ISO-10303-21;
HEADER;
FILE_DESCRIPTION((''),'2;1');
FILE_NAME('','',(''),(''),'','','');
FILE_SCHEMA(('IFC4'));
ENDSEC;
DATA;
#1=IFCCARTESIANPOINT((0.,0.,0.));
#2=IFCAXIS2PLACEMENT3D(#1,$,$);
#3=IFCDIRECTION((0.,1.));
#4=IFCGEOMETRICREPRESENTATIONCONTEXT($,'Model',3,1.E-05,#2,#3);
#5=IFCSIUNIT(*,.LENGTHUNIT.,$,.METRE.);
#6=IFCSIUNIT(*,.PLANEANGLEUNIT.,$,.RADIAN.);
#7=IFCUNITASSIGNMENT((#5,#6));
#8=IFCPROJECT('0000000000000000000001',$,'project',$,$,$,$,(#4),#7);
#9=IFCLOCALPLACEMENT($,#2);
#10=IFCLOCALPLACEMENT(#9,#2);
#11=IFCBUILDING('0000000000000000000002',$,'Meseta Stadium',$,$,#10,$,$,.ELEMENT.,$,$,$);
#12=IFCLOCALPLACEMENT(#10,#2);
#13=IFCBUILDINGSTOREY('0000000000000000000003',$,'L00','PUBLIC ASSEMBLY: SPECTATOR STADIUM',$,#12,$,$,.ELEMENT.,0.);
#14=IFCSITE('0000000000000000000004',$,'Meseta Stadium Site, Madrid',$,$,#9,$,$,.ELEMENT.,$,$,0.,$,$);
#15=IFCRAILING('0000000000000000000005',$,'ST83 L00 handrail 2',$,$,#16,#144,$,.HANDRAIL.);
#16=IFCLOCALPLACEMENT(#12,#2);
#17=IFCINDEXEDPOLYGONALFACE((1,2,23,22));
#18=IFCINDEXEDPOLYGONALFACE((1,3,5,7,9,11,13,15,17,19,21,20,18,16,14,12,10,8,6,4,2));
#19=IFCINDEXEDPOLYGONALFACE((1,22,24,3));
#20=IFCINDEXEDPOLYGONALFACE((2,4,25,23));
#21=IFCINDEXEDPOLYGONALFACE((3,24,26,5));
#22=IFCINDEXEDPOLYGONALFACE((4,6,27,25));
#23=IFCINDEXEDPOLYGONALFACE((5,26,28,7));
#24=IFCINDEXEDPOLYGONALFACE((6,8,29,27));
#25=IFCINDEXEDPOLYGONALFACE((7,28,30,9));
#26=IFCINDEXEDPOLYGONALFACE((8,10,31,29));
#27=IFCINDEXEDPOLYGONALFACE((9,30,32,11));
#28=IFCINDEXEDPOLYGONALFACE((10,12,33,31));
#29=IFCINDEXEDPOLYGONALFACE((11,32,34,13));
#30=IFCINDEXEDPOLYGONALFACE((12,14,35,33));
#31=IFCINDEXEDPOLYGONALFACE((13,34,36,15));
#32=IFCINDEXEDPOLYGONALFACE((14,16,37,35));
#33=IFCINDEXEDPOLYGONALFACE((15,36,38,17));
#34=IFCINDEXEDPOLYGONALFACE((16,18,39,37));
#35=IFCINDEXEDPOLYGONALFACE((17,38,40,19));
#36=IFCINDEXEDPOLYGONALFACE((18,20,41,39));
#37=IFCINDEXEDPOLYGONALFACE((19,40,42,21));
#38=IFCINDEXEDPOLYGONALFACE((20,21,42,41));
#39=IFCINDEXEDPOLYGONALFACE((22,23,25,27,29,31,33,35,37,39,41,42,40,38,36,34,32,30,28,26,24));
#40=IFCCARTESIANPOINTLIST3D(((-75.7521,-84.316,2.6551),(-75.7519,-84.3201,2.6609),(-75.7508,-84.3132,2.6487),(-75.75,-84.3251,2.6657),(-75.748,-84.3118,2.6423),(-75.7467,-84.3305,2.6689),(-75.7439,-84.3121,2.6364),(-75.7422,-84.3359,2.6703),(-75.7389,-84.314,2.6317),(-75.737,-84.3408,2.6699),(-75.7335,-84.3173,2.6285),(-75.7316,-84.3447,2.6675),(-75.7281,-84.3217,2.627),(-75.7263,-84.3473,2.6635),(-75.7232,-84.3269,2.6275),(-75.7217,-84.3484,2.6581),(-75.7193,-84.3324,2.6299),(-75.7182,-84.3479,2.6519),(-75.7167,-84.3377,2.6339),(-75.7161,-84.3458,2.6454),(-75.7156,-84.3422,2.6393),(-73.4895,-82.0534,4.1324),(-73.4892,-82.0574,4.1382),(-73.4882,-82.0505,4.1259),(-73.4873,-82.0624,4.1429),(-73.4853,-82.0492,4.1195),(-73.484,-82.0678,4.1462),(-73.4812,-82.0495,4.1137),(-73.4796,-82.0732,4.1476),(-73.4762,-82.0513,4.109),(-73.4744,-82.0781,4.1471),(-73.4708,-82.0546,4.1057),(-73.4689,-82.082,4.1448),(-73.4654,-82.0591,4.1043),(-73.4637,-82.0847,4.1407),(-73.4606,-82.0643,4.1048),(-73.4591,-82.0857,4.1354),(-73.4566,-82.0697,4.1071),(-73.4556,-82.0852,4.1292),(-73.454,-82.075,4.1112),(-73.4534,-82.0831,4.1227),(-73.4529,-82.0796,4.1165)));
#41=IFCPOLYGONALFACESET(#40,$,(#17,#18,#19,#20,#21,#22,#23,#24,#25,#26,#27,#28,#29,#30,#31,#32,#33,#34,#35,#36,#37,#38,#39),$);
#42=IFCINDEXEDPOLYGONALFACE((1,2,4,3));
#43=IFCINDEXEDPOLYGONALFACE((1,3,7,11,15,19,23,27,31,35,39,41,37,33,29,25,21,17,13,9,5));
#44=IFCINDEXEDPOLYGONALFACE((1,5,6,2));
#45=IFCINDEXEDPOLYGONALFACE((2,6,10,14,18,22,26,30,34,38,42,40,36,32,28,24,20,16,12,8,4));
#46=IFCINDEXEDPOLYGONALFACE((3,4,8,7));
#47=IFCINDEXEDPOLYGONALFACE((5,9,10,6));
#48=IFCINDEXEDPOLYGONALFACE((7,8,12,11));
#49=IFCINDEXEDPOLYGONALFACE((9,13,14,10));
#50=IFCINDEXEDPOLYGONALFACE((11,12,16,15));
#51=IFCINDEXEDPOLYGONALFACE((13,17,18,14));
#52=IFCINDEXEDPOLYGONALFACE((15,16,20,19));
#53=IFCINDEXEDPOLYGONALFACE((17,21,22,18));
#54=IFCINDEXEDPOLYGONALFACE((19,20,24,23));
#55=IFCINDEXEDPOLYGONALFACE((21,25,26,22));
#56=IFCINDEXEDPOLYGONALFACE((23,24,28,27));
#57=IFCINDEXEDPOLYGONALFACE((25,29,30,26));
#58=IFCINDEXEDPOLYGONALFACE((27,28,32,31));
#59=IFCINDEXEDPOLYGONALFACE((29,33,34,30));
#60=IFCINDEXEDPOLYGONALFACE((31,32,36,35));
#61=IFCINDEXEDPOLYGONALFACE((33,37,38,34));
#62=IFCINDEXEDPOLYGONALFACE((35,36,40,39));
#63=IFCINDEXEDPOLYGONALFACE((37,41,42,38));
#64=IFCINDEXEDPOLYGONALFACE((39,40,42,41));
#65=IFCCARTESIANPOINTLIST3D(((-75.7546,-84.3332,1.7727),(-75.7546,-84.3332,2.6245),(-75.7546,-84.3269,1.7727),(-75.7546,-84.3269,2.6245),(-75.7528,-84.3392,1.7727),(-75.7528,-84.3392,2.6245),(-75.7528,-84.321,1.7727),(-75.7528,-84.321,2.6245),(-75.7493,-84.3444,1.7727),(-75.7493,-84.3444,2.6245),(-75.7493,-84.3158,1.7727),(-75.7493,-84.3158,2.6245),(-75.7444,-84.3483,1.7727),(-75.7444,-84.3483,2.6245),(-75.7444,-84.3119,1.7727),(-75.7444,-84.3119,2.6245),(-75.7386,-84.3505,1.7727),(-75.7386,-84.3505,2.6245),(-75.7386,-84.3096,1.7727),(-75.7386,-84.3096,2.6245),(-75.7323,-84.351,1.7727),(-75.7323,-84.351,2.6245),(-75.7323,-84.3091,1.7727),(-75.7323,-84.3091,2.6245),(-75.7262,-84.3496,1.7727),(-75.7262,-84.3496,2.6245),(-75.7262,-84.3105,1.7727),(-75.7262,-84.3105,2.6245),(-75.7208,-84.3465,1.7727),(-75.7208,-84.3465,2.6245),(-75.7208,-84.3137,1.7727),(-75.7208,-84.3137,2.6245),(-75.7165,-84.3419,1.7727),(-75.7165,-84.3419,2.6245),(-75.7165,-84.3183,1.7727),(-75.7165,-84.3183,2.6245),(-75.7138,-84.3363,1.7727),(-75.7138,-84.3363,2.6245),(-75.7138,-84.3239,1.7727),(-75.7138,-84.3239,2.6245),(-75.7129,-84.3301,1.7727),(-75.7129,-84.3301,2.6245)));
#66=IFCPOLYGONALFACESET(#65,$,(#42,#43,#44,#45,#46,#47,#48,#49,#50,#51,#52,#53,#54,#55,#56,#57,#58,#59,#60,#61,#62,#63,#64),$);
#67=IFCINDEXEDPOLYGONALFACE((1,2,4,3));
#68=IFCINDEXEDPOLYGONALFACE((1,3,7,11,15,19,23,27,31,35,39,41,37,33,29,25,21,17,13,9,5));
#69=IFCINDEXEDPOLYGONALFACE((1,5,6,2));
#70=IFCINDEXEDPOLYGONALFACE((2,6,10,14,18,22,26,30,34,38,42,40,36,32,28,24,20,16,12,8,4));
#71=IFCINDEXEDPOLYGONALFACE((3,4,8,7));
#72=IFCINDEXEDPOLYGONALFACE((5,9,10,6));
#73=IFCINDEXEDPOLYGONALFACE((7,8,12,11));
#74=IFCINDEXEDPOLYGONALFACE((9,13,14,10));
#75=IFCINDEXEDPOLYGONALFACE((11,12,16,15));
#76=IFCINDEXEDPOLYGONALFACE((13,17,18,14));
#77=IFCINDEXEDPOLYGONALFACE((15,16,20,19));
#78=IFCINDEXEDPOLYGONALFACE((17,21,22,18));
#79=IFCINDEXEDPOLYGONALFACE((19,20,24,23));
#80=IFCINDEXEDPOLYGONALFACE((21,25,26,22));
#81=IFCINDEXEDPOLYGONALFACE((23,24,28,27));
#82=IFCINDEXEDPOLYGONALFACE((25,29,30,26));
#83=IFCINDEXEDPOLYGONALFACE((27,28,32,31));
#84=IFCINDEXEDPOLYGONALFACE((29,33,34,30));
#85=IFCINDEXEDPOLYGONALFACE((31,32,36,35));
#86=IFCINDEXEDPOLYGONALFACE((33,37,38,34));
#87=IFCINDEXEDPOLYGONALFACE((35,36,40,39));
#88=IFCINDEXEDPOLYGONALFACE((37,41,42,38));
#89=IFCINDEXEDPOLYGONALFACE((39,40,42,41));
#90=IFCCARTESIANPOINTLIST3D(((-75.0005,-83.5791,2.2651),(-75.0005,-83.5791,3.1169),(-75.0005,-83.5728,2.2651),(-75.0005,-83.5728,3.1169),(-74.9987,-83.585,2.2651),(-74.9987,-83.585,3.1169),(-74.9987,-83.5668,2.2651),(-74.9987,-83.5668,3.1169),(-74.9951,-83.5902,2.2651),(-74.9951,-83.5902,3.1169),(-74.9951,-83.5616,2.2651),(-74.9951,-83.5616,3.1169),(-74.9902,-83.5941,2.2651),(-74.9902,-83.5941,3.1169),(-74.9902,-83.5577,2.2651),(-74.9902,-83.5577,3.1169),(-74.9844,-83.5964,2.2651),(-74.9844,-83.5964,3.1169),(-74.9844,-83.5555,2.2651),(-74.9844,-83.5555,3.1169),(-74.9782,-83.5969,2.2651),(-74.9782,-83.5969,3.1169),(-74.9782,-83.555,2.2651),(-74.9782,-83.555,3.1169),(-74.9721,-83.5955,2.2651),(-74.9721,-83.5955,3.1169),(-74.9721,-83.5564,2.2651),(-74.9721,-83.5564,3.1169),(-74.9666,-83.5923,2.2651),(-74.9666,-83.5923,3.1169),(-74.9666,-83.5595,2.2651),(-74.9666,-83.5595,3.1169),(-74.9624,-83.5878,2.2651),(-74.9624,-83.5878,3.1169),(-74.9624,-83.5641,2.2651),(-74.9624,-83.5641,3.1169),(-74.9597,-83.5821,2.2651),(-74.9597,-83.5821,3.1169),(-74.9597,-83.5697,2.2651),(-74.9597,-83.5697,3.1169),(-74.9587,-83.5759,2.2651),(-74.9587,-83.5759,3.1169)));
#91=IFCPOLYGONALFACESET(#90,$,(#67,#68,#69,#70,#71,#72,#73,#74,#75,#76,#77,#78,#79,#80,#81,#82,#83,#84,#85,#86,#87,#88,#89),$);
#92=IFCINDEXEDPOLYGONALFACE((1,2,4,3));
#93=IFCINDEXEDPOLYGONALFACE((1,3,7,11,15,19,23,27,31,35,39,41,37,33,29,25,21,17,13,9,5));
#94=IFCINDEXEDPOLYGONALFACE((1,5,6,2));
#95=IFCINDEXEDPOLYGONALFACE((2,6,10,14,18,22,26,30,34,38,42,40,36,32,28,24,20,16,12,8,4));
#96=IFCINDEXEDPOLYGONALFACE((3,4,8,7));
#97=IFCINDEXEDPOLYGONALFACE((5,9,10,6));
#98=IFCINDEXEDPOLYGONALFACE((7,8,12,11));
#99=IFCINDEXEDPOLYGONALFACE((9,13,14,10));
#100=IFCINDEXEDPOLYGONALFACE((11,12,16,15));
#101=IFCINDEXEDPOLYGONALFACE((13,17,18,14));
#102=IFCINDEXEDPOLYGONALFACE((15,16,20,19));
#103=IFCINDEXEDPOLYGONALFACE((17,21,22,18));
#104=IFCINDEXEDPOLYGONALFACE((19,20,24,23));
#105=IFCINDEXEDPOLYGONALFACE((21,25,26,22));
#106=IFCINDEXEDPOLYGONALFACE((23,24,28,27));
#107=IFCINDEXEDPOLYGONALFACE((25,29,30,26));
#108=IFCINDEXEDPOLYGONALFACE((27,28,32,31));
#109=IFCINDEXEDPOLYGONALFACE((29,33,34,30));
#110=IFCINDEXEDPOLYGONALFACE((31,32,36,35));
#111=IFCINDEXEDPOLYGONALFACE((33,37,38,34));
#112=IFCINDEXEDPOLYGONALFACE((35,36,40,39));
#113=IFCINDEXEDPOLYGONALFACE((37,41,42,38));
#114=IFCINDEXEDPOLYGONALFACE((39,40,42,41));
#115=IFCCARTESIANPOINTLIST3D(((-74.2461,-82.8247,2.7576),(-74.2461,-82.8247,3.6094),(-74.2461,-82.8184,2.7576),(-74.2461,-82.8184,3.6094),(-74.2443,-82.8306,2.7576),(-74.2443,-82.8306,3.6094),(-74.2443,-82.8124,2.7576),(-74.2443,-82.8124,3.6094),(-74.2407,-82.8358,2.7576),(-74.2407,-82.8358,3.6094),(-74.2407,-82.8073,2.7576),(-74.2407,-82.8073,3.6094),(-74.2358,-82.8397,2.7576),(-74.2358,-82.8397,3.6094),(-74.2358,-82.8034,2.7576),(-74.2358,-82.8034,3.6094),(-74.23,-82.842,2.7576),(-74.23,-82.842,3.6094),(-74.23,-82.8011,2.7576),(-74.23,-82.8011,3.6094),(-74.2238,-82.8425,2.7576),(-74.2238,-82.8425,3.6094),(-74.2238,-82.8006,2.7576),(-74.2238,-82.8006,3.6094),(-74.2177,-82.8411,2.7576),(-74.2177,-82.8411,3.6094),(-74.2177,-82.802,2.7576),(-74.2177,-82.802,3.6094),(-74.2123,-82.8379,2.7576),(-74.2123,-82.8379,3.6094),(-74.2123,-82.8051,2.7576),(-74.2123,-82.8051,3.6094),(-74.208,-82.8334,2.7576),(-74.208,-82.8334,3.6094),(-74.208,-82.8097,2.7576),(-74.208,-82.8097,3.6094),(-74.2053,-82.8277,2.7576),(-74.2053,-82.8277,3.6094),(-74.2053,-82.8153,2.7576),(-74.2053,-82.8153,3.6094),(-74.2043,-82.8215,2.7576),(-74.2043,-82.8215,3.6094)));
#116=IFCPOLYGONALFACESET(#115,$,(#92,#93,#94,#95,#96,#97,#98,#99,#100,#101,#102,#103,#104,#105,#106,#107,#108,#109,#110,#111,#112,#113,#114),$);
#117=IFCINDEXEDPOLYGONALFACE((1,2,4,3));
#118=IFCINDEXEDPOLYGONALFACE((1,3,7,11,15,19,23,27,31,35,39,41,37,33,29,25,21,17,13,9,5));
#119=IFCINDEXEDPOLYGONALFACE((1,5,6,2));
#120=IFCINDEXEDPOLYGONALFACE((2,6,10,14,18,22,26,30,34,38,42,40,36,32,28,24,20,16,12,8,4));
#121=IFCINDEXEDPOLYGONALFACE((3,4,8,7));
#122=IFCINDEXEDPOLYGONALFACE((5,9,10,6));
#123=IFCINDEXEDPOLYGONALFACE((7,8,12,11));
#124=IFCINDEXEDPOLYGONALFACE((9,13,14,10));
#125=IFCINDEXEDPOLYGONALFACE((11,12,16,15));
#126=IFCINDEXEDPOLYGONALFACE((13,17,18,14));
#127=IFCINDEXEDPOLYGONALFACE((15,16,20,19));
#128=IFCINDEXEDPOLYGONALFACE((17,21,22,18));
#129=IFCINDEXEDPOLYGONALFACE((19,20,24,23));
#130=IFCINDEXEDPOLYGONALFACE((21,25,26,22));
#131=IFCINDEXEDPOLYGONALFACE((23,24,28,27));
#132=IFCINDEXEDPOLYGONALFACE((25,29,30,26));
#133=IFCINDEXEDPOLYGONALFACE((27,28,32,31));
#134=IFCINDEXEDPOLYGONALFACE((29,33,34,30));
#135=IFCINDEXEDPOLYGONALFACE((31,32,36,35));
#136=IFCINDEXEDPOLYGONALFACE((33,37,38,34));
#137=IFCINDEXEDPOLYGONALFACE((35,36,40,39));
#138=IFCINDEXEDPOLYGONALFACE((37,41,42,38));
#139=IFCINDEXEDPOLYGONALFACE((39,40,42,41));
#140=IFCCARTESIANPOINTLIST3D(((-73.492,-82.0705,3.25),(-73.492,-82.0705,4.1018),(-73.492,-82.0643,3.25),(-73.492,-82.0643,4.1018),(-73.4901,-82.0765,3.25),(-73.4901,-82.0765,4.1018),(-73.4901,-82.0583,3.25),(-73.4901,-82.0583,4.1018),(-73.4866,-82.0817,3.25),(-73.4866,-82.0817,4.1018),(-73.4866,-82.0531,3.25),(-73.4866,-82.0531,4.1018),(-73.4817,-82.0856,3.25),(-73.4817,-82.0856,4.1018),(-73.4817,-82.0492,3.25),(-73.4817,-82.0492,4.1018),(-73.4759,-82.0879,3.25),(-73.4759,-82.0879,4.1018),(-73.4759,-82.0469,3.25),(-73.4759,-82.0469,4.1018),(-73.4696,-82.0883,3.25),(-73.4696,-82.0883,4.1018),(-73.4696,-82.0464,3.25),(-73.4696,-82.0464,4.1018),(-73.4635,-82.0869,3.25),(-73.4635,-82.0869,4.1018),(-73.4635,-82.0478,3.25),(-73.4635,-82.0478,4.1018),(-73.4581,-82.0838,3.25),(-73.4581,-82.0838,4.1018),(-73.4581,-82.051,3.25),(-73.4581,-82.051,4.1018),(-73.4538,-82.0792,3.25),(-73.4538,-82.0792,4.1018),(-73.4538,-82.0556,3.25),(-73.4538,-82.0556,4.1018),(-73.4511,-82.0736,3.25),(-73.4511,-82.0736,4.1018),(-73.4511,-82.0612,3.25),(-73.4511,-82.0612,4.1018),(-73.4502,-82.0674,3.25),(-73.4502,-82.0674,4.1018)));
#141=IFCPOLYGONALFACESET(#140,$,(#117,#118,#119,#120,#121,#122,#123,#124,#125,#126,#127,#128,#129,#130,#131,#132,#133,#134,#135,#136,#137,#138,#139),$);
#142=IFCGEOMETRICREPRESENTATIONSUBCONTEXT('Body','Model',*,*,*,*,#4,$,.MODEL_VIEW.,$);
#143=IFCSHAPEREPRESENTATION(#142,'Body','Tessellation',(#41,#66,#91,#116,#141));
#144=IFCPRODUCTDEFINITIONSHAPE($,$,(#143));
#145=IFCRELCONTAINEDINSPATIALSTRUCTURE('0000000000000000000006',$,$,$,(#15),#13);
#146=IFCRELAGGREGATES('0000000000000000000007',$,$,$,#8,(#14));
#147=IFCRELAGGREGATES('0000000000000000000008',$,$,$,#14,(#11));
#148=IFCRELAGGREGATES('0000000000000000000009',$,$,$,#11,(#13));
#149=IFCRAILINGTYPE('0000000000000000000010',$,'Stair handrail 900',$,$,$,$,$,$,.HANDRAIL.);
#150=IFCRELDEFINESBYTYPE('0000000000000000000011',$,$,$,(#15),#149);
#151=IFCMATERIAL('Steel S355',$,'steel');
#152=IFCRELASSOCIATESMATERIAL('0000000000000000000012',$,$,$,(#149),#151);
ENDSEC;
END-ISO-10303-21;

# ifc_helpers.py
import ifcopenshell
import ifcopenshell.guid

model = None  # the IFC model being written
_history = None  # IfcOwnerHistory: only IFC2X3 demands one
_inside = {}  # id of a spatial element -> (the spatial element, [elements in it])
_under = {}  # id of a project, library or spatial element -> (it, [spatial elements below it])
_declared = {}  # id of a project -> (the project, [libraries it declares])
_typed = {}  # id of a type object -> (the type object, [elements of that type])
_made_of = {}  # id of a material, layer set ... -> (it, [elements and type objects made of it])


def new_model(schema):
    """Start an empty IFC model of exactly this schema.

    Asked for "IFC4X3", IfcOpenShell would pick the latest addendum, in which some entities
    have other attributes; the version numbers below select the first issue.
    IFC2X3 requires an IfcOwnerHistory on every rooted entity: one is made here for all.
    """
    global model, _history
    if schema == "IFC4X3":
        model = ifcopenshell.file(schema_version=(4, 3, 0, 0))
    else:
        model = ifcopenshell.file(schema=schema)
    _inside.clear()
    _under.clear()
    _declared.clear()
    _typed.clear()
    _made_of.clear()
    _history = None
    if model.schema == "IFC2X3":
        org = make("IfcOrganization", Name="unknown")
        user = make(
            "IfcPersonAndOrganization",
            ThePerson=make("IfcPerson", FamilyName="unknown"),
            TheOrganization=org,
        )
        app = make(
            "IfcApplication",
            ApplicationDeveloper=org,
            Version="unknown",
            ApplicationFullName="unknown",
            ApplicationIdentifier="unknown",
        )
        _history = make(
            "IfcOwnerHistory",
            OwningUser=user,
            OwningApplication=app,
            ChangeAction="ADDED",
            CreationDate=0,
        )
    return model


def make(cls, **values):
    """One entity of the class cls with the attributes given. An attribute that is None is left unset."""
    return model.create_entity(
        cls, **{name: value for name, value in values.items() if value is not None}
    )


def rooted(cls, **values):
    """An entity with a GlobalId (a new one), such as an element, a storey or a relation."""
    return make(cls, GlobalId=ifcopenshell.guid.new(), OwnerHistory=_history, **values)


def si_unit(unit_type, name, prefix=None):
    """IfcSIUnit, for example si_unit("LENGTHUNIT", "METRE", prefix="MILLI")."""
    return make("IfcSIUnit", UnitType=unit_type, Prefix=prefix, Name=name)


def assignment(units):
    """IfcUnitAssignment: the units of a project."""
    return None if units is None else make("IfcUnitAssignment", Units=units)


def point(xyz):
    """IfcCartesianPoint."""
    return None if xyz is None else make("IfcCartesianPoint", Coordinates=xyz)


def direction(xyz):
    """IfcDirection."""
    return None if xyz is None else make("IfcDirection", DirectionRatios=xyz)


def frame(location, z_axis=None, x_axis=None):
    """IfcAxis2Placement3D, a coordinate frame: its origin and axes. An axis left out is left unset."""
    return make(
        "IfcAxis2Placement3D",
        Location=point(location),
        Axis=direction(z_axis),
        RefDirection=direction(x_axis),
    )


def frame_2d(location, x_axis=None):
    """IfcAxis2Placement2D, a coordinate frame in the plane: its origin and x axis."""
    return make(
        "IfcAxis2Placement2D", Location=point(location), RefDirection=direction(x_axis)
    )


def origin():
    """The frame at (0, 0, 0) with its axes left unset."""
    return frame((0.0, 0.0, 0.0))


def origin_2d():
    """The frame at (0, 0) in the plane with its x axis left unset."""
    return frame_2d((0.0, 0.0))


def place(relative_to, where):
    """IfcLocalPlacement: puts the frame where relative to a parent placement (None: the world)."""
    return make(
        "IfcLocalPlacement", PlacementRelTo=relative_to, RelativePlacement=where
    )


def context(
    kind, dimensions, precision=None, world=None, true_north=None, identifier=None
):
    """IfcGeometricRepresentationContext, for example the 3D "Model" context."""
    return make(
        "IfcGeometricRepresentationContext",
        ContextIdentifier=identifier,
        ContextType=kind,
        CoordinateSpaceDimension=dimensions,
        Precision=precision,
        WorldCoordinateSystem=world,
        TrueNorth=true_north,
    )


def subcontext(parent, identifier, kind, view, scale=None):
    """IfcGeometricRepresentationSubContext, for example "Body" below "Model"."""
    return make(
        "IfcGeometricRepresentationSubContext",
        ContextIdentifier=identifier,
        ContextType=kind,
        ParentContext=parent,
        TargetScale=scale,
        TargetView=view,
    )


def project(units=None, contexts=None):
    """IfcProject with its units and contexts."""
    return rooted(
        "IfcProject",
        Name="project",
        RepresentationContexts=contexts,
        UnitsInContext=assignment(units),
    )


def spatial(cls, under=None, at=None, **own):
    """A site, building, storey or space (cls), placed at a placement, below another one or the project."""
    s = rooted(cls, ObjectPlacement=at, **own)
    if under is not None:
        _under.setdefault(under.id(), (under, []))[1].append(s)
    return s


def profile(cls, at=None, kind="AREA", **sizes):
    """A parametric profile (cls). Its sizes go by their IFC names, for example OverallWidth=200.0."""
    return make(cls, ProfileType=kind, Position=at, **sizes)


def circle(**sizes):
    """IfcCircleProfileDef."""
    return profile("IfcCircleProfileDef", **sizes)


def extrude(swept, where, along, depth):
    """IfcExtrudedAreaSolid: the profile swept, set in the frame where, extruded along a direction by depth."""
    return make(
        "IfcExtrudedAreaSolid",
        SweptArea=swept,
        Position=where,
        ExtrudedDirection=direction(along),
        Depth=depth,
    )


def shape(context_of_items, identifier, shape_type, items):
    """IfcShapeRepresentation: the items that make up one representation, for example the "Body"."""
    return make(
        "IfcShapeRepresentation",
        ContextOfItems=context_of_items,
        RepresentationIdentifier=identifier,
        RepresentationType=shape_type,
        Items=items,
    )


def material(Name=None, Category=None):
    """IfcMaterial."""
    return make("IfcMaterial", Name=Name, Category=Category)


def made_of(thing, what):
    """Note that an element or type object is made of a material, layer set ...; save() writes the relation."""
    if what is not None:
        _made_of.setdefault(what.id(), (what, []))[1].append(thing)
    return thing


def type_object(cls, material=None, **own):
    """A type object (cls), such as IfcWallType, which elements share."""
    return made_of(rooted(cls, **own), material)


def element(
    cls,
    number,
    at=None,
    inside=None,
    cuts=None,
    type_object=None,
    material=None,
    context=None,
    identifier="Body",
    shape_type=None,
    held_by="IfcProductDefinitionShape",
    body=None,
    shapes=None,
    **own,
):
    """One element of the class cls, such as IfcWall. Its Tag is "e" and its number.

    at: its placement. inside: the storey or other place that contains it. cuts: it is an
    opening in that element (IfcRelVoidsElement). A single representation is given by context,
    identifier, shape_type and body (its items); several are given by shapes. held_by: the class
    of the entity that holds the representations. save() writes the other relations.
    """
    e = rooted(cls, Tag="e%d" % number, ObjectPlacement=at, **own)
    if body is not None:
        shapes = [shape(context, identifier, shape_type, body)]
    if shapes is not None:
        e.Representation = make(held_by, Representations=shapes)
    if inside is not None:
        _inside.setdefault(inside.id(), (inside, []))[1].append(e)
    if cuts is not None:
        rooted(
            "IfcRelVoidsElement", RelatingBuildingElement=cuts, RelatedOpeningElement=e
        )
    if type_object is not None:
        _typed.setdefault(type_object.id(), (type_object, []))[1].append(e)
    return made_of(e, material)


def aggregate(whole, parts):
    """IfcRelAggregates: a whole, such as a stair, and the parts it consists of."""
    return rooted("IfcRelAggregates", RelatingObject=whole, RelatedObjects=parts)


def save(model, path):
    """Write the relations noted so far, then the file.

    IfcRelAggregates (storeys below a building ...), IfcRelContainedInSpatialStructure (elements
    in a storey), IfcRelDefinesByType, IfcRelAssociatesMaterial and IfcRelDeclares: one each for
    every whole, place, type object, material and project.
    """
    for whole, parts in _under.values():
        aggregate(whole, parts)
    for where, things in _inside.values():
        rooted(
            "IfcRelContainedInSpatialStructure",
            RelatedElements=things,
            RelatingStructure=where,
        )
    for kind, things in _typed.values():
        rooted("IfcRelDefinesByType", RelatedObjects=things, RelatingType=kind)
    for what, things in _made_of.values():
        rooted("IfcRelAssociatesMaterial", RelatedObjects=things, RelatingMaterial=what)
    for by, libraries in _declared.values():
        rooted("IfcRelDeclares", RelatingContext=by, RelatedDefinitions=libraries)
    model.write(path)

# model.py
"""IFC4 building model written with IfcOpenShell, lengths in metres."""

from ifc_helpers import new_model, si_unit, direction, frame, origin, origin_2d, place, context, subcontext, project, spatial, circle, extrude, material, type_object, element, save


model = new_model("IFC4")

# Units and contexts
model_context = context("Model", 3, precision=1e-05, world=origin(), true_north=direction((0.0, 1.0)))
body_context = subcontext(model_context, "Body", "Model", "MODEL_VIEW")
ifc_project = project(units=[si_unit("LENGTHUNIT", "METRE"), si_unit("PLANEANGLEUNIT", "RADIAN")], contexts=[model_context])

# Site, building, storey
site_placement = place(None, origin())
site = spatial("IfcSite", under=ifc_project, at=site_placement, Name="Meseta Stadium Site, Madrid", CompositionType="ELEMENT", RefElevation=0.0)
building_placement = place(site_placement, origin())
building = spatial("IfcBuilding", under=site, at=building_placement, Name="Meseta Stadium", CompositionType="ELEMENT")
storey_placement = place(building_placement, origin())
storey = spatial("IfcBuildingStorey", under=building, at=storey_placement, Name="L00", Description="PUBLIC ASSEMBLY: SPECTATOR STADIUM", CompositionType="ELEMENT", Elevation=0.0)

# Railing
ifc_material_1 = material(Name="Steel S355", Category="steel")
railing_type_1 = type_object("IfcRailingType", Name="Stair handrail 900", PredefinedType="HANDRAIL", material=ifc_material_1)
for number, where, name in (
    (1, (-75.7339, -84.3301, 1.7727), "ST83 L00 handrail 2"),
):
    element("IfcRailing", number, at=place(storey_placement, frame(where)), inside=storey, type_object=railing_type_1, Name=name, PredefinedType="HANDRAIL", context=body_context, shape_type="SweptSolid", body=[
        extrude(circle(Radius=0.0239, at=origin_2d()), frame((0.0, 0.0, 0.876), z_axis=(0.641994, 0.641994, 0.419152), x_axis=(-0.707107, 0.707107, 0.0)), (0.0, 0.0, 1.0), 3.5244),
        extrude(circle(Radius=0.021, at=origin_2d()), origin(), (0.0, 0.0, 1.0), 0.8518),
        extrude(circle(Radius=0.021, at=origin_2d()), frame((0.7542, 0.7542, 0.4924)), (0.0, 0.0, 1.0), 0.8518),
        extrude(circle(Radius=0.021, at=origin_2d()), frame((1.5085, 1.5085, 0.9849)), (0.0, 0.0, 1.0), 0.8518),
        extrude(circle(Radius=0.021, at=origin_2d()), frame((2.2627, 2.2627, 1.4773)), (0.0, 0.0, 1.0), 0.8518),
    ])

save(model, "model.ifc")
